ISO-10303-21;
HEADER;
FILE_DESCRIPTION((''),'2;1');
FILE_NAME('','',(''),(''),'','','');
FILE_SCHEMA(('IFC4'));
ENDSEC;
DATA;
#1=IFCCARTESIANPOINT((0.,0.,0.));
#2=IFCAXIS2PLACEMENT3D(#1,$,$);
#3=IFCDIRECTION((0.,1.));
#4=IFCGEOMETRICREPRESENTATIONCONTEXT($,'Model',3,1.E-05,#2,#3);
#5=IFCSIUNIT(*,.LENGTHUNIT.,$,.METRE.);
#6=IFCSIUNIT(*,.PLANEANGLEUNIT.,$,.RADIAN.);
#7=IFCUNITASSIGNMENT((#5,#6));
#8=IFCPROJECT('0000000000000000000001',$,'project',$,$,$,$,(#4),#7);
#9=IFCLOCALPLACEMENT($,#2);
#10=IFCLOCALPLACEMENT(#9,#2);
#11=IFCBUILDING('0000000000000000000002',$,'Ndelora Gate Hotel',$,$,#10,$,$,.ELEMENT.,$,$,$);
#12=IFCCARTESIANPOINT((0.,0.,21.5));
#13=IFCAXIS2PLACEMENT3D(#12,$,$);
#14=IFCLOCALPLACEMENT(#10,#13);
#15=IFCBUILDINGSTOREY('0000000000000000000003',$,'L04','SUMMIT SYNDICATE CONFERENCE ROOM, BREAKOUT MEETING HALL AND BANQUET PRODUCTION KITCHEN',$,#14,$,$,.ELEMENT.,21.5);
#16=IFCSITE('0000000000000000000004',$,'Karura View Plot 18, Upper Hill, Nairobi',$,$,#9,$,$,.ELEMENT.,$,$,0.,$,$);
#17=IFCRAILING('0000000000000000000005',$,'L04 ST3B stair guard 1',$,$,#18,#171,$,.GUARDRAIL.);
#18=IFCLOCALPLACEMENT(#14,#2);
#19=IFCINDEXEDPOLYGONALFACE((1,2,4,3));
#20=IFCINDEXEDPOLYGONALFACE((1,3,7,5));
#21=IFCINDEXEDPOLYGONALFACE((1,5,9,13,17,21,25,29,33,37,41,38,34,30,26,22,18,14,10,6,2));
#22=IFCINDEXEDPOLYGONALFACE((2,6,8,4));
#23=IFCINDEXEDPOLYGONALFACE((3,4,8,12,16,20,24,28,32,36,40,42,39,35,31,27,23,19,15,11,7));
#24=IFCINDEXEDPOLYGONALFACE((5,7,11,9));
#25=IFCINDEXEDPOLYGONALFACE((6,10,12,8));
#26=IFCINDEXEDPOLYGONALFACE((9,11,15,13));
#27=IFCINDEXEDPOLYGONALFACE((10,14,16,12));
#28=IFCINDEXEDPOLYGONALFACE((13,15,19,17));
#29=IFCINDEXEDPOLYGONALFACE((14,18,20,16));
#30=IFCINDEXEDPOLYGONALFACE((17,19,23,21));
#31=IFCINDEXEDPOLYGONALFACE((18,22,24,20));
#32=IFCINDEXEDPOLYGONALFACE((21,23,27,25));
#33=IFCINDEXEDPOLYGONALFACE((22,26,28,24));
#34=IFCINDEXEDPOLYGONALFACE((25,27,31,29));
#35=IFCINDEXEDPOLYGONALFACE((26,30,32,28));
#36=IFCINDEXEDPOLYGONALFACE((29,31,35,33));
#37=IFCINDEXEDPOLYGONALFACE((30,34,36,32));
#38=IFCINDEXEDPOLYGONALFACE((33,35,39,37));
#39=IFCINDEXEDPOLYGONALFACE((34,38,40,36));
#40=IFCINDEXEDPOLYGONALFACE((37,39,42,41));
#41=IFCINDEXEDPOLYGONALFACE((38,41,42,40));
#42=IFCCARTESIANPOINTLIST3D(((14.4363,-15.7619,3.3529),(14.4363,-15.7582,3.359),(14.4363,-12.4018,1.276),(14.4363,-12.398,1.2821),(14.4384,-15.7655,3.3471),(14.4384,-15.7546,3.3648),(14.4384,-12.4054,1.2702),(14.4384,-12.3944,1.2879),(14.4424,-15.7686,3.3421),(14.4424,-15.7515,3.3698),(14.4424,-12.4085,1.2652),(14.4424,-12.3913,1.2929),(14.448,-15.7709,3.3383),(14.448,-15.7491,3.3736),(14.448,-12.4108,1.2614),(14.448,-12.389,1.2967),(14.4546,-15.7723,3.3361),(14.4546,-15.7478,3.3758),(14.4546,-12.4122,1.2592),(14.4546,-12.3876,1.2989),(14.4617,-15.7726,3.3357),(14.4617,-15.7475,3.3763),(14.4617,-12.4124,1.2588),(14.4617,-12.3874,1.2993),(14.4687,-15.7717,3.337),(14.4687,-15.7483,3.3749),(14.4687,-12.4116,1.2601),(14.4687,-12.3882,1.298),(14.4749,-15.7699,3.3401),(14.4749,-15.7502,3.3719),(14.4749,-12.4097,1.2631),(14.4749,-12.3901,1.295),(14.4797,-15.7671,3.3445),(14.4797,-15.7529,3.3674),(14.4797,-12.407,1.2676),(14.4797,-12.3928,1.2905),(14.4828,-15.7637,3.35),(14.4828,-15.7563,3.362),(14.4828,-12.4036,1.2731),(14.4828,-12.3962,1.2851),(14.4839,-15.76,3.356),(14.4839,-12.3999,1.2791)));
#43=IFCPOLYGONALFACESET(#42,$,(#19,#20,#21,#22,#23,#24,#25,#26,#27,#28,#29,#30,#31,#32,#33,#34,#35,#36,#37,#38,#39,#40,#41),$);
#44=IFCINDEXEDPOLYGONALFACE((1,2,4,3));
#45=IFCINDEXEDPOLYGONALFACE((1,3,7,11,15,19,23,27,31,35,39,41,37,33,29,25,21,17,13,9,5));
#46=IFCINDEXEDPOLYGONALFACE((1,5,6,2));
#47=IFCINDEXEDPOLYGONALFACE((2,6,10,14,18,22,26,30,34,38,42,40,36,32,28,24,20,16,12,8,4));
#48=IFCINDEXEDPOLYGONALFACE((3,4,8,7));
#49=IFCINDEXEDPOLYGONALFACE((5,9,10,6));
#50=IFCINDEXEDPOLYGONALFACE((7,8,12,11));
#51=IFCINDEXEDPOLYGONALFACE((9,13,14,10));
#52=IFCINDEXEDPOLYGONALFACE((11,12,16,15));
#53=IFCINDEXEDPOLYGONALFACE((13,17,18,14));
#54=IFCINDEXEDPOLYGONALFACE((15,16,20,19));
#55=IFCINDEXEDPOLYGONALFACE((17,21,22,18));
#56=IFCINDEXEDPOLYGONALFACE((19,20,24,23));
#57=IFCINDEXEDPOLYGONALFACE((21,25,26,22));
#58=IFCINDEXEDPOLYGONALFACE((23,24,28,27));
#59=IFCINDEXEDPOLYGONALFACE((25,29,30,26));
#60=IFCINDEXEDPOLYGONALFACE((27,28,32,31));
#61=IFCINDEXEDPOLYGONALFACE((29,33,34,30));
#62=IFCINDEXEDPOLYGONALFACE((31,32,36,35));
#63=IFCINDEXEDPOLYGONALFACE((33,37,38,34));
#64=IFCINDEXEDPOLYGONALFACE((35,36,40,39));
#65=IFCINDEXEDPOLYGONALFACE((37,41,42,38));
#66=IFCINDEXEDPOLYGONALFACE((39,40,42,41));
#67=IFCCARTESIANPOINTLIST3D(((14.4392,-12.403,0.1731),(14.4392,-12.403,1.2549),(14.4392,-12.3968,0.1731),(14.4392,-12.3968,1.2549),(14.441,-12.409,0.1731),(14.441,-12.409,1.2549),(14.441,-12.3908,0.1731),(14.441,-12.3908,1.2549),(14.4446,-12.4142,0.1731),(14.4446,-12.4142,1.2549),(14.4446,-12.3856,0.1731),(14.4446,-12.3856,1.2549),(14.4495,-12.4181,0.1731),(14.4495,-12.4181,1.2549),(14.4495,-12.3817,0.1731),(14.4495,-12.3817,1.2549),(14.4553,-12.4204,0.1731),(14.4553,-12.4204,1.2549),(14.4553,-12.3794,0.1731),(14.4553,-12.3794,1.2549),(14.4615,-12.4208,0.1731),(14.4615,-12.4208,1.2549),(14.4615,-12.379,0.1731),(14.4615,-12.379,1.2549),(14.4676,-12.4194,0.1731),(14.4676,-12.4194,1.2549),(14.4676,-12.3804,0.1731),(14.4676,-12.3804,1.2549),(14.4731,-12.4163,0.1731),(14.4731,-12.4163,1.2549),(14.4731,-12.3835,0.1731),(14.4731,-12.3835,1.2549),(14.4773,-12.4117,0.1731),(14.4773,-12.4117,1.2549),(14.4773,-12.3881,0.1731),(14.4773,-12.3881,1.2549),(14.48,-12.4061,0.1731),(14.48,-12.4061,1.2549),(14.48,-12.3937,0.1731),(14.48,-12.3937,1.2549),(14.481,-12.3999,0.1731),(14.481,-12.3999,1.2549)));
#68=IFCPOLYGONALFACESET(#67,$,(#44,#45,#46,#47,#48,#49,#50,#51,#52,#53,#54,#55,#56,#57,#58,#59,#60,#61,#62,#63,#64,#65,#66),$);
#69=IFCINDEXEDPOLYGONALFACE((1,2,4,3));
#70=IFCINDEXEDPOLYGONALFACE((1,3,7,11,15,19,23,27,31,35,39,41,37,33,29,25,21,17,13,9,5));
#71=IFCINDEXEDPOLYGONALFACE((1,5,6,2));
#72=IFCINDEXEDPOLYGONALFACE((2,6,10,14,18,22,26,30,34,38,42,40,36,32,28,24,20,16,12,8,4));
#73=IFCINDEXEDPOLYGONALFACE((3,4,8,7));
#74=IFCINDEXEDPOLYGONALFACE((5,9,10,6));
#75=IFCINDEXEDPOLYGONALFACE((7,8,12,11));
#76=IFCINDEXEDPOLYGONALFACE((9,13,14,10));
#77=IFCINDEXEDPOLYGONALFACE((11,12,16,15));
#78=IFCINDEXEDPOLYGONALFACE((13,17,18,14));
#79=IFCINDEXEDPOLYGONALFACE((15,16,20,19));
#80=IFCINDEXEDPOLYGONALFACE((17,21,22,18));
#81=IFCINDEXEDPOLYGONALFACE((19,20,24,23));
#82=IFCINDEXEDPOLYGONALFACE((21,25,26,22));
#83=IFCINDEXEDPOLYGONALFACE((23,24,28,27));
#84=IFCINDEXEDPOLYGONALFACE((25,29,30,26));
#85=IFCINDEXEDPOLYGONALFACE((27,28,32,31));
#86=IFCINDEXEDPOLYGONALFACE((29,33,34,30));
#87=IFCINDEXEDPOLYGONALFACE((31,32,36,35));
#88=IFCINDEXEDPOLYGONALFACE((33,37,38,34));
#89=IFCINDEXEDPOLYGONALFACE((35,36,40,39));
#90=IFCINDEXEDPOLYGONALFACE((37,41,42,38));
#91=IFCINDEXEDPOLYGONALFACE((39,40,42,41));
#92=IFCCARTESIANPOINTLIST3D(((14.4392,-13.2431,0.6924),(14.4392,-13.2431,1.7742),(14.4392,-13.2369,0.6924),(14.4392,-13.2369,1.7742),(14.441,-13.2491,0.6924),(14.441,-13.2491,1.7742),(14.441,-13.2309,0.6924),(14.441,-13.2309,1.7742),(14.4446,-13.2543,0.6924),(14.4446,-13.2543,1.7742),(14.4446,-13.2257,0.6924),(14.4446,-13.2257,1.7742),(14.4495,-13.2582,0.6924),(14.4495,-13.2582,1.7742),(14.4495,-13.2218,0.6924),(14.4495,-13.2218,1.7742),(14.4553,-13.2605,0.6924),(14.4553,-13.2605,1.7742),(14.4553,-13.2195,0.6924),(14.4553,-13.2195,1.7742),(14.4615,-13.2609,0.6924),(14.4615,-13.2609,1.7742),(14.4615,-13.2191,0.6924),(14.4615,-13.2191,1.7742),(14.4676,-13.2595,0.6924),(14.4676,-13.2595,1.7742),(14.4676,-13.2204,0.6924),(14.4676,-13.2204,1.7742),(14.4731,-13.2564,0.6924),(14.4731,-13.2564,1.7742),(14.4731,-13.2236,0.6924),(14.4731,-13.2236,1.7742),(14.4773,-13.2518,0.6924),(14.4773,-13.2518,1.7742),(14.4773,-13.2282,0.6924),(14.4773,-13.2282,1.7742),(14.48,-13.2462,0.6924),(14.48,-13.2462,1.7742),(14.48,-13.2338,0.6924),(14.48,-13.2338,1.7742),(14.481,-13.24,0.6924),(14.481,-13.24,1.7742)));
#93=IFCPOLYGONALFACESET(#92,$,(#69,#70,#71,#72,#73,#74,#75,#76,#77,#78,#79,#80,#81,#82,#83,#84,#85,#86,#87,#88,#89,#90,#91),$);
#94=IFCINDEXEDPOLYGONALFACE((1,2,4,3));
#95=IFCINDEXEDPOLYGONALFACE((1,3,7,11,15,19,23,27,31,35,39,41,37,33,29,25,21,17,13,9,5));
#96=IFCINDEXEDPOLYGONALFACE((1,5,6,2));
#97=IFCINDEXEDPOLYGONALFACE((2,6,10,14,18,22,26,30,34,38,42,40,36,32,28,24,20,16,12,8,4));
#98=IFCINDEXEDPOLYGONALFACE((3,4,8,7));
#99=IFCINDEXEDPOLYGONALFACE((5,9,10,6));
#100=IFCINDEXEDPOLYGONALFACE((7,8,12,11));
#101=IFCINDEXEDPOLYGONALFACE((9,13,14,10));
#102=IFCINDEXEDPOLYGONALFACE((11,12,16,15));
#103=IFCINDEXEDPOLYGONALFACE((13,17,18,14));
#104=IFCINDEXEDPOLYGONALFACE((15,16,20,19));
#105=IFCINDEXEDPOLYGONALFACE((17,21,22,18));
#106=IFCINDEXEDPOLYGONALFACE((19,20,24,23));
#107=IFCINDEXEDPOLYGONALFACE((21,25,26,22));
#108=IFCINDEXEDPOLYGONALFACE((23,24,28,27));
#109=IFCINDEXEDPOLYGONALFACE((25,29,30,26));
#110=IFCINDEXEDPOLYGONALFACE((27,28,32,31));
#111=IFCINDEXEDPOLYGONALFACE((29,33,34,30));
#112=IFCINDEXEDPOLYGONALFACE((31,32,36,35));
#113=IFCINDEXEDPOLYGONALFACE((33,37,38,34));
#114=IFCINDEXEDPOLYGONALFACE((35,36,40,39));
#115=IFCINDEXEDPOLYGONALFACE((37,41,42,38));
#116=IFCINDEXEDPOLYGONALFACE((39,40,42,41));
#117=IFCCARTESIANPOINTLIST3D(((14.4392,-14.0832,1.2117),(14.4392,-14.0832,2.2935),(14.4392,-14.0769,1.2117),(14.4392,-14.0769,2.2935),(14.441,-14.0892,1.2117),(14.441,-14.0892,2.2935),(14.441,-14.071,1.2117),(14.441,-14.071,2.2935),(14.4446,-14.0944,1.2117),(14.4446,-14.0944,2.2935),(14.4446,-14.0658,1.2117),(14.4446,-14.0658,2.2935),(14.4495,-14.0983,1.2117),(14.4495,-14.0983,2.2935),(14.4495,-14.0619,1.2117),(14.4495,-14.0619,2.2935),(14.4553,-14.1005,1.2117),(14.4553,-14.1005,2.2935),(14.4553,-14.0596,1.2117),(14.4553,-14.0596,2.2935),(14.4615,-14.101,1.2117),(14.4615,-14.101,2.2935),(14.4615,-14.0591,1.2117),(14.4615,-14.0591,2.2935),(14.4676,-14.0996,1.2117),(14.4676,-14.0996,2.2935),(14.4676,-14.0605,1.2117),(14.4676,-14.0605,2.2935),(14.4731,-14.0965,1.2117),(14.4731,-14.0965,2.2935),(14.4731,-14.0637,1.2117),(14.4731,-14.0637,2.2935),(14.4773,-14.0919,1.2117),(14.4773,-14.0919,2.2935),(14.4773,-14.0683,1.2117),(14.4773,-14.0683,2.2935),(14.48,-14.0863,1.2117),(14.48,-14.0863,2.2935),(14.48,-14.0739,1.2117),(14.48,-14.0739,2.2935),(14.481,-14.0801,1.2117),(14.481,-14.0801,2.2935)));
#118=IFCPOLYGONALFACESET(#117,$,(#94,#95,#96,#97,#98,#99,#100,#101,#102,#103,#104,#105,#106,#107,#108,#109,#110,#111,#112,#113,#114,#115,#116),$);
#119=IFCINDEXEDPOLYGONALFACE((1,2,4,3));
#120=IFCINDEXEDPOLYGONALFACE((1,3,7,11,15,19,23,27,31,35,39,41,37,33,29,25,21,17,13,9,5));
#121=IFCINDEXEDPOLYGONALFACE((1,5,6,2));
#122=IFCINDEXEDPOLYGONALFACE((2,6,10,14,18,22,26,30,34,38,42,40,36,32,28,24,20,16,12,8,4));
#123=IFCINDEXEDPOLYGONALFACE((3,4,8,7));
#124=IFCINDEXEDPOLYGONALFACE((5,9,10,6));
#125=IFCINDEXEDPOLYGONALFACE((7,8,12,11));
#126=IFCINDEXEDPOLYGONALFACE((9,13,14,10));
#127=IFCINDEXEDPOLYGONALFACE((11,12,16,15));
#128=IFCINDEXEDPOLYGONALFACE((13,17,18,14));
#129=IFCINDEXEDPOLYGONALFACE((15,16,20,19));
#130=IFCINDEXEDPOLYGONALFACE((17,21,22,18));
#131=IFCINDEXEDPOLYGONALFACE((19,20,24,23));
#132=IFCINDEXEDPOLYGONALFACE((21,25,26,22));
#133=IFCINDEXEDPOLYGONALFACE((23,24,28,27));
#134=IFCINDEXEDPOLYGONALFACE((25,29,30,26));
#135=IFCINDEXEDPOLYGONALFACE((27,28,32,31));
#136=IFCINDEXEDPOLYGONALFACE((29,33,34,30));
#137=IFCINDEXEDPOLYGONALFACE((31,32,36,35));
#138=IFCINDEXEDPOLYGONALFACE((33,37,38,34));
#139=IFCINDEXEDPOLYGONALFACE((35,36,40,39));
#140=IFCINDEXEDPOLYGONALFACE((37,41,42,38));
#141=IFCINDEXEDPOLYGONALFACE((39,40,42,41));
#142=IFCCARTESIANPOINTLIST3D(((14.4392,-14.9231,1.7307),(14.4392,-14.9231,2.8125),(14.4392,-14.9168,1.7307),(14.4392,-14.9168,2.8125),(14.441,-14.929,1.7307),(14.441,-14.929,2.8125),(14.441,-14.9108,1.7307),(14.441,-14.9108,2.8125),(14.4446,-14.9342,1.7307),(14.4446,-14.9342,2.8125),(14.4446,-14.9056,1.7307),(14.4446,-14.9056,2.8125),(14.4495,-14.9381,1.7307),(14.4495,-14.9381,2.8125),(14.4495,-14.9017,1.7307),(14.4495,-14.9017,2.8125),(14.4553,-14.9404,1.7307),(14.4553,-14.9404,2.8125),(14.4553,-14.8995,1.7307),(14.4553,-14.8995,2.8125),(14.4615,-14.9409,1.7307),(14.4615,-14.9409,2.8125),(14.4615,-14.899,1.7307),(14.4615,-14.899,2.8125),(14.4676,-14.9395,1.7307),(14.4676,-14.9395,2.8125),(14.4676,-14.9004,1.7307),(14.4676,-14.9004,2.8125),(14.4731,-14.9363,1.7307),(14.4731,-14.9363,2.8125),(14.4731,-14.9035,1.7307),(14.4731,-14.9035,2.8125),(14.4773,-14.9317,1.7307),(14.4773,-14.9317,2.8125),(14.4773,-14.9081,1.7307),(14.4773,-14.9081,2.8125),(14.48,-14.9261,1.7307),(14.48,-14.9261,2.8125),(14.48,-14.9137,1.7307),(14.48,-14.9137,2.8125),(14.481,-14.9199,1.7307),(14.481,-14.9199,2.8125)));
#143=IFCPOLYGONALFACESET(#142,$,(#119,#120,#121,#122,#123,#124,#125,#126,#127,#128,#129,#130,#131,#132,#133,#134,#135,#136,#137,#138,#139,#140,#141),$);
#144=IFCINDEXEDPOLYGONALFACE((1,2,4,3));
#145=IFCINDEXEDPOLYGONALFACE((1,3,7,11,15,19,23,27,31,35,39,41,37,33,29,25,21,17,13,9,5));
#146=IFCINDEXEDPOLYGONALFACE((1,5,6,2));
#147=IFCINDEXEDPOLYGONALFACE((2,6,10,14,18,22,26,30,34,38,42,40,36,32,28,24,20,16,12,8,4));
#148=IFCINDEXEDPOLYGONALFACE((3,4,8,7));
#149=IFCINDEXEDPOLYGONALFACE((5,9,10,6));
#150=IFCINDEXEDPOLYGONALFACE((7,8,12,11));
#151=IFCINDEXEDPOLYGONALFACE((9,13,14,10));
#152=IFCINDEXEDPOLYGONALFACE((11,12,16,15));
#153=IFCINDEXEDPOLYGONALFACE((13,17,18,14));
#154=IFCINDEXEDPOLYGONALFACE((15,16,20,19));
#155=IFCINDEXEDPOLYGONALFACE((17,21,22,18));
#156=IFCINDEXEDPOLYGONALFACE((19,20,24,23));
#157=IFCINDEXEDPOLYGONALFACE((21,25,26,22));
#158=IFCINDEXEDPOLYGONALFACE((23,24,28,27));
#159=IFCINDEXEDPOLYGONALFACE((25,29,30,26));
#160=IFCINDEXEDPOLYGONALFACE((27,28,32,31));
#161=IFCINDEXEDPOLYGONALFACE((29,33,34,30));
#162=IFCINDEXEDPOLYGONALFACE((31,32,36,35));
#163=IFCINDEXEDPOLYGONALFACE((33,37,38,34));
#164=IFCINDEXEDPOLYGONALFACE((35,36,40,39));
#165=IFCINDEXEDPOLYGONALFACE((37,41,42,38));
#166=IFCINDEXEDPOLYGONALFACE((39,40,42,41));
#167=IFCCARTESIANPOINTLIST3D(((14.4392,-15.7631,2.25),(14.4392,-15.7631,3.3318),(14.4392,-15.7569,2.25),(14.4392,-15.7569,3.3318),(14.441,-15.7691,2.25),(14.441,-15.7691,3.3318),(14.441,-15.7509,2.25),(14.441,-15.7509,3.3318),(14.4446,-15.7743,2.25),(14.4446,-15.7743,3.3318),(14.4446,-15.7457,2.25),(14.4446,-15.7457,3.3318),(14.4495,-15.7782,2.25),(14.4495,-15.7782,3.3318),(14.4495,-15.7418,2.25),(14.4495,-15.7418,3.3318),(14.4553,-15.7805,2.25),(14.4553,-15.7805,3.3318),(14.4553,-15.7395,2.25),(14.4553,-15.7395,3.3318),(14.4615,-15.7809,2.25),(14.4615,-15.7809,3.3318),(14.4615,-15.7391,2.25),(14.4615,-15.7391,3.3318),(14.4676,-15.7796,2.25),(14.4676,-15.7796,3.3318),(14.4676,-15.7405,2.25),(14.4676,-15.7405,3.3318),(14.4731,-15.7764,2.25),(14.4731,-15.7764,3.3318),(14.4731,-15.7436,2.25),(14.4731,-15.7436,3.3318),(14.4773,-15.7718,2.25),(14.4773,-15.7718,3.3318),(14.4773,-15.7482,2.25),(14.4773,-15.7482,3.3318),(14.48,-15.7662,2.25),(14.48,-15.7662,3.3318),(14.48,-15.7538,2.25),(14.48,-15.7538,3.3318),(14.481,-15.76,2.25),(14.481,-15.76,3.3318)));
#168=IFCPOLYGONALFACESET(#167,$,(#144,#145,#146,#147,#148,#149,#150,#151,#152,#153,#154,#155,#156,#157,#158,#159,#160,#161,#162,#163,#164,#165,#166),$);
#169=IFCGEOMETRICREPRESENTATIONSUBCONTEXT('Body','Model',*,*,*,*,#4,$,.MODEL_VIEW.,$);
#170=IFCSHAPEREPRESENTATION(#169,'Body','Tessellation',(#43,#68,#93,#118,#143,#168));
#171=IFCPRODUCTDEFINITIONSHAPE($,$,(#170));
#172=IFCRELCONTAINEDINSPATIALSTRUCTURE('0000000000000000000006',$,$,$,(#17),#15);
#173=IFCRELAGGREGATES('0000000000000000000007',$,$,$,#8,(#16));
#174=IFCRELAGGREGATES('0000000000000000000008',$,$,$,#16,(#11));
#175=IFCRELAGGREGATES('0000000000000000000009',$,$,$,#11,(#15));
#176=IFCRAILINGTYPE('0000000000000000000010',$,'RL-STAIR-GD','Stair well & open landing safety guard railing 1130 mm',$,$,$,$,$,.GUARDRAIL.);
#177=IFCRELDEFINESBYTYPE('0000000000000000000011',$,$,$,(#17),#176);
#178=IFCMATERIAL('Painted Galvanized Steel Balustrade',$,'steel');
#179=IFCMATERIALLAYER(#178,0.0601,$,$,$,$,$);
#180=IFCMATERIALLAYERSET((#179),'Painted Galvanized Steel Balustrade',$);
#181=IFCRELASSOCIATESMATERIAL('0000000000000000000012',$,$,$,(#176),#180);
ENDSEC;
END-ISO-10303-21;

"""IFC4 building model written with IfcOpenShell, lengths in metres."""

from ifc_helpers import new_model, si_unit, direction, frame, origin, origin_2d, place, context, subcontext, project, spatial, circle, extrude, material, layer, layer_set, type_object, element, save


model = new_model("IFC4")

# Units and contexts
model_context = context("Model", 3, precision=1e-05, world=origin(), true_north=direction((0.0, 1.0)))
body_context = subcontext(model_context, "Body", "Model", "MODEL_VIEW")
ifc_project = project(units=[si_unit("LENGTHUNIT", "METRE"), si_unit("PLANEANGLEUNIT", "RADIAN")], contexts=[model_context])

# Site, building, storey
site_placement = place(None, origin())
site = spatial("IfcSite", under=ifc_project, at=site_placement, Name="Karura View Plot 18, Upper Hill, Nairobi", CompositionType="ELEMENT", RefElevation=0.0)
building_placement = place(site_placement, origin())
building = spatial("IfcBuilding", under=site, at=building_placement, Name="Ndelora Gate Hotel", CompositionType="ELEMENT")
storey_placement = place(building_placement, frame((0.0, 0.0, 21.5)))
storey = spatial("IfcBuildingStorey", under=building, at=storey_placement, Name="L04", Description="SUMMIT SYNDICATE CONFERENCE ROOM, BREAKOUT MEETING HALL AND BANQUET PRODUCTION KITCHEN", CompositionType="ELEMENT", Elevation=21.5)

# Railing
ifc_material_1 = material(Name="Painted Galvanized Steel Balustrade", Category="steel")
ifc_layer_1 = layer(ifc_material_1, 0.0601)
ifc_layer_set_1 = layer_set([ifc_layer_1], Name="Painted Galvanized Steel Balustrade")
railing_type_1 = type_object("IfcRailingType", Name="RL-STAIR-GD", Description="Stair well & open landing safety guard railing 1130 mm", PredefinedType="GUARDRAIL", material=ifc_layer_set_1)
railing_1_placement = place(storey_placement, frame((14.46, -12.3999, 0.1731)))
element("IfcRailing", 1, at=railing_1_placement, inside=storey, type_object=railing_type_1, Name="L04 ST3B stair guard 1", PredefinedType="GUARDRAIL", context=body_context, shape_type="SweptSolid", body=[
    extrude(circle(Radius=0.0239, at=origin_2d()), frame((0.0, 0.0, 1.106), z_axis=(0.0, -0.850623, 0.525776), x_axis=(1.0, 0.0, 0.0)), (0.0, 0.0, 1.0), 3.9502),
    extrude(circle(Radius=0.021, at=origin_2d()), origin(), (0.0, 0.0, 1.0), 1.0818),
    extrude(circle(Radius=0.021, at=origin_2d()), frame((0.0, -0.8401, 0.5193)), (0.0, 0.0, 1.0), 1.0818),
    extrude(circle(Radius=0.021, at=origin_2d()), frame((0.0, -1.6802, 1.0386)), (0.0, 0.0, 1.0), 1.0818),
    extrude(circle(Radius=0.021, at=origin_2d()), frame((0.0, -2.52, 1.5576)), (0.0, 0.0, 1.0), 1.0818),
    extrude(circle(Radius=0.021, at=origin_2d()), frame((0.0, -3.3601, 2.0769)), (0.0, 0.0, 1.0), 1.0818),
])

save(model, "model.ifc")
